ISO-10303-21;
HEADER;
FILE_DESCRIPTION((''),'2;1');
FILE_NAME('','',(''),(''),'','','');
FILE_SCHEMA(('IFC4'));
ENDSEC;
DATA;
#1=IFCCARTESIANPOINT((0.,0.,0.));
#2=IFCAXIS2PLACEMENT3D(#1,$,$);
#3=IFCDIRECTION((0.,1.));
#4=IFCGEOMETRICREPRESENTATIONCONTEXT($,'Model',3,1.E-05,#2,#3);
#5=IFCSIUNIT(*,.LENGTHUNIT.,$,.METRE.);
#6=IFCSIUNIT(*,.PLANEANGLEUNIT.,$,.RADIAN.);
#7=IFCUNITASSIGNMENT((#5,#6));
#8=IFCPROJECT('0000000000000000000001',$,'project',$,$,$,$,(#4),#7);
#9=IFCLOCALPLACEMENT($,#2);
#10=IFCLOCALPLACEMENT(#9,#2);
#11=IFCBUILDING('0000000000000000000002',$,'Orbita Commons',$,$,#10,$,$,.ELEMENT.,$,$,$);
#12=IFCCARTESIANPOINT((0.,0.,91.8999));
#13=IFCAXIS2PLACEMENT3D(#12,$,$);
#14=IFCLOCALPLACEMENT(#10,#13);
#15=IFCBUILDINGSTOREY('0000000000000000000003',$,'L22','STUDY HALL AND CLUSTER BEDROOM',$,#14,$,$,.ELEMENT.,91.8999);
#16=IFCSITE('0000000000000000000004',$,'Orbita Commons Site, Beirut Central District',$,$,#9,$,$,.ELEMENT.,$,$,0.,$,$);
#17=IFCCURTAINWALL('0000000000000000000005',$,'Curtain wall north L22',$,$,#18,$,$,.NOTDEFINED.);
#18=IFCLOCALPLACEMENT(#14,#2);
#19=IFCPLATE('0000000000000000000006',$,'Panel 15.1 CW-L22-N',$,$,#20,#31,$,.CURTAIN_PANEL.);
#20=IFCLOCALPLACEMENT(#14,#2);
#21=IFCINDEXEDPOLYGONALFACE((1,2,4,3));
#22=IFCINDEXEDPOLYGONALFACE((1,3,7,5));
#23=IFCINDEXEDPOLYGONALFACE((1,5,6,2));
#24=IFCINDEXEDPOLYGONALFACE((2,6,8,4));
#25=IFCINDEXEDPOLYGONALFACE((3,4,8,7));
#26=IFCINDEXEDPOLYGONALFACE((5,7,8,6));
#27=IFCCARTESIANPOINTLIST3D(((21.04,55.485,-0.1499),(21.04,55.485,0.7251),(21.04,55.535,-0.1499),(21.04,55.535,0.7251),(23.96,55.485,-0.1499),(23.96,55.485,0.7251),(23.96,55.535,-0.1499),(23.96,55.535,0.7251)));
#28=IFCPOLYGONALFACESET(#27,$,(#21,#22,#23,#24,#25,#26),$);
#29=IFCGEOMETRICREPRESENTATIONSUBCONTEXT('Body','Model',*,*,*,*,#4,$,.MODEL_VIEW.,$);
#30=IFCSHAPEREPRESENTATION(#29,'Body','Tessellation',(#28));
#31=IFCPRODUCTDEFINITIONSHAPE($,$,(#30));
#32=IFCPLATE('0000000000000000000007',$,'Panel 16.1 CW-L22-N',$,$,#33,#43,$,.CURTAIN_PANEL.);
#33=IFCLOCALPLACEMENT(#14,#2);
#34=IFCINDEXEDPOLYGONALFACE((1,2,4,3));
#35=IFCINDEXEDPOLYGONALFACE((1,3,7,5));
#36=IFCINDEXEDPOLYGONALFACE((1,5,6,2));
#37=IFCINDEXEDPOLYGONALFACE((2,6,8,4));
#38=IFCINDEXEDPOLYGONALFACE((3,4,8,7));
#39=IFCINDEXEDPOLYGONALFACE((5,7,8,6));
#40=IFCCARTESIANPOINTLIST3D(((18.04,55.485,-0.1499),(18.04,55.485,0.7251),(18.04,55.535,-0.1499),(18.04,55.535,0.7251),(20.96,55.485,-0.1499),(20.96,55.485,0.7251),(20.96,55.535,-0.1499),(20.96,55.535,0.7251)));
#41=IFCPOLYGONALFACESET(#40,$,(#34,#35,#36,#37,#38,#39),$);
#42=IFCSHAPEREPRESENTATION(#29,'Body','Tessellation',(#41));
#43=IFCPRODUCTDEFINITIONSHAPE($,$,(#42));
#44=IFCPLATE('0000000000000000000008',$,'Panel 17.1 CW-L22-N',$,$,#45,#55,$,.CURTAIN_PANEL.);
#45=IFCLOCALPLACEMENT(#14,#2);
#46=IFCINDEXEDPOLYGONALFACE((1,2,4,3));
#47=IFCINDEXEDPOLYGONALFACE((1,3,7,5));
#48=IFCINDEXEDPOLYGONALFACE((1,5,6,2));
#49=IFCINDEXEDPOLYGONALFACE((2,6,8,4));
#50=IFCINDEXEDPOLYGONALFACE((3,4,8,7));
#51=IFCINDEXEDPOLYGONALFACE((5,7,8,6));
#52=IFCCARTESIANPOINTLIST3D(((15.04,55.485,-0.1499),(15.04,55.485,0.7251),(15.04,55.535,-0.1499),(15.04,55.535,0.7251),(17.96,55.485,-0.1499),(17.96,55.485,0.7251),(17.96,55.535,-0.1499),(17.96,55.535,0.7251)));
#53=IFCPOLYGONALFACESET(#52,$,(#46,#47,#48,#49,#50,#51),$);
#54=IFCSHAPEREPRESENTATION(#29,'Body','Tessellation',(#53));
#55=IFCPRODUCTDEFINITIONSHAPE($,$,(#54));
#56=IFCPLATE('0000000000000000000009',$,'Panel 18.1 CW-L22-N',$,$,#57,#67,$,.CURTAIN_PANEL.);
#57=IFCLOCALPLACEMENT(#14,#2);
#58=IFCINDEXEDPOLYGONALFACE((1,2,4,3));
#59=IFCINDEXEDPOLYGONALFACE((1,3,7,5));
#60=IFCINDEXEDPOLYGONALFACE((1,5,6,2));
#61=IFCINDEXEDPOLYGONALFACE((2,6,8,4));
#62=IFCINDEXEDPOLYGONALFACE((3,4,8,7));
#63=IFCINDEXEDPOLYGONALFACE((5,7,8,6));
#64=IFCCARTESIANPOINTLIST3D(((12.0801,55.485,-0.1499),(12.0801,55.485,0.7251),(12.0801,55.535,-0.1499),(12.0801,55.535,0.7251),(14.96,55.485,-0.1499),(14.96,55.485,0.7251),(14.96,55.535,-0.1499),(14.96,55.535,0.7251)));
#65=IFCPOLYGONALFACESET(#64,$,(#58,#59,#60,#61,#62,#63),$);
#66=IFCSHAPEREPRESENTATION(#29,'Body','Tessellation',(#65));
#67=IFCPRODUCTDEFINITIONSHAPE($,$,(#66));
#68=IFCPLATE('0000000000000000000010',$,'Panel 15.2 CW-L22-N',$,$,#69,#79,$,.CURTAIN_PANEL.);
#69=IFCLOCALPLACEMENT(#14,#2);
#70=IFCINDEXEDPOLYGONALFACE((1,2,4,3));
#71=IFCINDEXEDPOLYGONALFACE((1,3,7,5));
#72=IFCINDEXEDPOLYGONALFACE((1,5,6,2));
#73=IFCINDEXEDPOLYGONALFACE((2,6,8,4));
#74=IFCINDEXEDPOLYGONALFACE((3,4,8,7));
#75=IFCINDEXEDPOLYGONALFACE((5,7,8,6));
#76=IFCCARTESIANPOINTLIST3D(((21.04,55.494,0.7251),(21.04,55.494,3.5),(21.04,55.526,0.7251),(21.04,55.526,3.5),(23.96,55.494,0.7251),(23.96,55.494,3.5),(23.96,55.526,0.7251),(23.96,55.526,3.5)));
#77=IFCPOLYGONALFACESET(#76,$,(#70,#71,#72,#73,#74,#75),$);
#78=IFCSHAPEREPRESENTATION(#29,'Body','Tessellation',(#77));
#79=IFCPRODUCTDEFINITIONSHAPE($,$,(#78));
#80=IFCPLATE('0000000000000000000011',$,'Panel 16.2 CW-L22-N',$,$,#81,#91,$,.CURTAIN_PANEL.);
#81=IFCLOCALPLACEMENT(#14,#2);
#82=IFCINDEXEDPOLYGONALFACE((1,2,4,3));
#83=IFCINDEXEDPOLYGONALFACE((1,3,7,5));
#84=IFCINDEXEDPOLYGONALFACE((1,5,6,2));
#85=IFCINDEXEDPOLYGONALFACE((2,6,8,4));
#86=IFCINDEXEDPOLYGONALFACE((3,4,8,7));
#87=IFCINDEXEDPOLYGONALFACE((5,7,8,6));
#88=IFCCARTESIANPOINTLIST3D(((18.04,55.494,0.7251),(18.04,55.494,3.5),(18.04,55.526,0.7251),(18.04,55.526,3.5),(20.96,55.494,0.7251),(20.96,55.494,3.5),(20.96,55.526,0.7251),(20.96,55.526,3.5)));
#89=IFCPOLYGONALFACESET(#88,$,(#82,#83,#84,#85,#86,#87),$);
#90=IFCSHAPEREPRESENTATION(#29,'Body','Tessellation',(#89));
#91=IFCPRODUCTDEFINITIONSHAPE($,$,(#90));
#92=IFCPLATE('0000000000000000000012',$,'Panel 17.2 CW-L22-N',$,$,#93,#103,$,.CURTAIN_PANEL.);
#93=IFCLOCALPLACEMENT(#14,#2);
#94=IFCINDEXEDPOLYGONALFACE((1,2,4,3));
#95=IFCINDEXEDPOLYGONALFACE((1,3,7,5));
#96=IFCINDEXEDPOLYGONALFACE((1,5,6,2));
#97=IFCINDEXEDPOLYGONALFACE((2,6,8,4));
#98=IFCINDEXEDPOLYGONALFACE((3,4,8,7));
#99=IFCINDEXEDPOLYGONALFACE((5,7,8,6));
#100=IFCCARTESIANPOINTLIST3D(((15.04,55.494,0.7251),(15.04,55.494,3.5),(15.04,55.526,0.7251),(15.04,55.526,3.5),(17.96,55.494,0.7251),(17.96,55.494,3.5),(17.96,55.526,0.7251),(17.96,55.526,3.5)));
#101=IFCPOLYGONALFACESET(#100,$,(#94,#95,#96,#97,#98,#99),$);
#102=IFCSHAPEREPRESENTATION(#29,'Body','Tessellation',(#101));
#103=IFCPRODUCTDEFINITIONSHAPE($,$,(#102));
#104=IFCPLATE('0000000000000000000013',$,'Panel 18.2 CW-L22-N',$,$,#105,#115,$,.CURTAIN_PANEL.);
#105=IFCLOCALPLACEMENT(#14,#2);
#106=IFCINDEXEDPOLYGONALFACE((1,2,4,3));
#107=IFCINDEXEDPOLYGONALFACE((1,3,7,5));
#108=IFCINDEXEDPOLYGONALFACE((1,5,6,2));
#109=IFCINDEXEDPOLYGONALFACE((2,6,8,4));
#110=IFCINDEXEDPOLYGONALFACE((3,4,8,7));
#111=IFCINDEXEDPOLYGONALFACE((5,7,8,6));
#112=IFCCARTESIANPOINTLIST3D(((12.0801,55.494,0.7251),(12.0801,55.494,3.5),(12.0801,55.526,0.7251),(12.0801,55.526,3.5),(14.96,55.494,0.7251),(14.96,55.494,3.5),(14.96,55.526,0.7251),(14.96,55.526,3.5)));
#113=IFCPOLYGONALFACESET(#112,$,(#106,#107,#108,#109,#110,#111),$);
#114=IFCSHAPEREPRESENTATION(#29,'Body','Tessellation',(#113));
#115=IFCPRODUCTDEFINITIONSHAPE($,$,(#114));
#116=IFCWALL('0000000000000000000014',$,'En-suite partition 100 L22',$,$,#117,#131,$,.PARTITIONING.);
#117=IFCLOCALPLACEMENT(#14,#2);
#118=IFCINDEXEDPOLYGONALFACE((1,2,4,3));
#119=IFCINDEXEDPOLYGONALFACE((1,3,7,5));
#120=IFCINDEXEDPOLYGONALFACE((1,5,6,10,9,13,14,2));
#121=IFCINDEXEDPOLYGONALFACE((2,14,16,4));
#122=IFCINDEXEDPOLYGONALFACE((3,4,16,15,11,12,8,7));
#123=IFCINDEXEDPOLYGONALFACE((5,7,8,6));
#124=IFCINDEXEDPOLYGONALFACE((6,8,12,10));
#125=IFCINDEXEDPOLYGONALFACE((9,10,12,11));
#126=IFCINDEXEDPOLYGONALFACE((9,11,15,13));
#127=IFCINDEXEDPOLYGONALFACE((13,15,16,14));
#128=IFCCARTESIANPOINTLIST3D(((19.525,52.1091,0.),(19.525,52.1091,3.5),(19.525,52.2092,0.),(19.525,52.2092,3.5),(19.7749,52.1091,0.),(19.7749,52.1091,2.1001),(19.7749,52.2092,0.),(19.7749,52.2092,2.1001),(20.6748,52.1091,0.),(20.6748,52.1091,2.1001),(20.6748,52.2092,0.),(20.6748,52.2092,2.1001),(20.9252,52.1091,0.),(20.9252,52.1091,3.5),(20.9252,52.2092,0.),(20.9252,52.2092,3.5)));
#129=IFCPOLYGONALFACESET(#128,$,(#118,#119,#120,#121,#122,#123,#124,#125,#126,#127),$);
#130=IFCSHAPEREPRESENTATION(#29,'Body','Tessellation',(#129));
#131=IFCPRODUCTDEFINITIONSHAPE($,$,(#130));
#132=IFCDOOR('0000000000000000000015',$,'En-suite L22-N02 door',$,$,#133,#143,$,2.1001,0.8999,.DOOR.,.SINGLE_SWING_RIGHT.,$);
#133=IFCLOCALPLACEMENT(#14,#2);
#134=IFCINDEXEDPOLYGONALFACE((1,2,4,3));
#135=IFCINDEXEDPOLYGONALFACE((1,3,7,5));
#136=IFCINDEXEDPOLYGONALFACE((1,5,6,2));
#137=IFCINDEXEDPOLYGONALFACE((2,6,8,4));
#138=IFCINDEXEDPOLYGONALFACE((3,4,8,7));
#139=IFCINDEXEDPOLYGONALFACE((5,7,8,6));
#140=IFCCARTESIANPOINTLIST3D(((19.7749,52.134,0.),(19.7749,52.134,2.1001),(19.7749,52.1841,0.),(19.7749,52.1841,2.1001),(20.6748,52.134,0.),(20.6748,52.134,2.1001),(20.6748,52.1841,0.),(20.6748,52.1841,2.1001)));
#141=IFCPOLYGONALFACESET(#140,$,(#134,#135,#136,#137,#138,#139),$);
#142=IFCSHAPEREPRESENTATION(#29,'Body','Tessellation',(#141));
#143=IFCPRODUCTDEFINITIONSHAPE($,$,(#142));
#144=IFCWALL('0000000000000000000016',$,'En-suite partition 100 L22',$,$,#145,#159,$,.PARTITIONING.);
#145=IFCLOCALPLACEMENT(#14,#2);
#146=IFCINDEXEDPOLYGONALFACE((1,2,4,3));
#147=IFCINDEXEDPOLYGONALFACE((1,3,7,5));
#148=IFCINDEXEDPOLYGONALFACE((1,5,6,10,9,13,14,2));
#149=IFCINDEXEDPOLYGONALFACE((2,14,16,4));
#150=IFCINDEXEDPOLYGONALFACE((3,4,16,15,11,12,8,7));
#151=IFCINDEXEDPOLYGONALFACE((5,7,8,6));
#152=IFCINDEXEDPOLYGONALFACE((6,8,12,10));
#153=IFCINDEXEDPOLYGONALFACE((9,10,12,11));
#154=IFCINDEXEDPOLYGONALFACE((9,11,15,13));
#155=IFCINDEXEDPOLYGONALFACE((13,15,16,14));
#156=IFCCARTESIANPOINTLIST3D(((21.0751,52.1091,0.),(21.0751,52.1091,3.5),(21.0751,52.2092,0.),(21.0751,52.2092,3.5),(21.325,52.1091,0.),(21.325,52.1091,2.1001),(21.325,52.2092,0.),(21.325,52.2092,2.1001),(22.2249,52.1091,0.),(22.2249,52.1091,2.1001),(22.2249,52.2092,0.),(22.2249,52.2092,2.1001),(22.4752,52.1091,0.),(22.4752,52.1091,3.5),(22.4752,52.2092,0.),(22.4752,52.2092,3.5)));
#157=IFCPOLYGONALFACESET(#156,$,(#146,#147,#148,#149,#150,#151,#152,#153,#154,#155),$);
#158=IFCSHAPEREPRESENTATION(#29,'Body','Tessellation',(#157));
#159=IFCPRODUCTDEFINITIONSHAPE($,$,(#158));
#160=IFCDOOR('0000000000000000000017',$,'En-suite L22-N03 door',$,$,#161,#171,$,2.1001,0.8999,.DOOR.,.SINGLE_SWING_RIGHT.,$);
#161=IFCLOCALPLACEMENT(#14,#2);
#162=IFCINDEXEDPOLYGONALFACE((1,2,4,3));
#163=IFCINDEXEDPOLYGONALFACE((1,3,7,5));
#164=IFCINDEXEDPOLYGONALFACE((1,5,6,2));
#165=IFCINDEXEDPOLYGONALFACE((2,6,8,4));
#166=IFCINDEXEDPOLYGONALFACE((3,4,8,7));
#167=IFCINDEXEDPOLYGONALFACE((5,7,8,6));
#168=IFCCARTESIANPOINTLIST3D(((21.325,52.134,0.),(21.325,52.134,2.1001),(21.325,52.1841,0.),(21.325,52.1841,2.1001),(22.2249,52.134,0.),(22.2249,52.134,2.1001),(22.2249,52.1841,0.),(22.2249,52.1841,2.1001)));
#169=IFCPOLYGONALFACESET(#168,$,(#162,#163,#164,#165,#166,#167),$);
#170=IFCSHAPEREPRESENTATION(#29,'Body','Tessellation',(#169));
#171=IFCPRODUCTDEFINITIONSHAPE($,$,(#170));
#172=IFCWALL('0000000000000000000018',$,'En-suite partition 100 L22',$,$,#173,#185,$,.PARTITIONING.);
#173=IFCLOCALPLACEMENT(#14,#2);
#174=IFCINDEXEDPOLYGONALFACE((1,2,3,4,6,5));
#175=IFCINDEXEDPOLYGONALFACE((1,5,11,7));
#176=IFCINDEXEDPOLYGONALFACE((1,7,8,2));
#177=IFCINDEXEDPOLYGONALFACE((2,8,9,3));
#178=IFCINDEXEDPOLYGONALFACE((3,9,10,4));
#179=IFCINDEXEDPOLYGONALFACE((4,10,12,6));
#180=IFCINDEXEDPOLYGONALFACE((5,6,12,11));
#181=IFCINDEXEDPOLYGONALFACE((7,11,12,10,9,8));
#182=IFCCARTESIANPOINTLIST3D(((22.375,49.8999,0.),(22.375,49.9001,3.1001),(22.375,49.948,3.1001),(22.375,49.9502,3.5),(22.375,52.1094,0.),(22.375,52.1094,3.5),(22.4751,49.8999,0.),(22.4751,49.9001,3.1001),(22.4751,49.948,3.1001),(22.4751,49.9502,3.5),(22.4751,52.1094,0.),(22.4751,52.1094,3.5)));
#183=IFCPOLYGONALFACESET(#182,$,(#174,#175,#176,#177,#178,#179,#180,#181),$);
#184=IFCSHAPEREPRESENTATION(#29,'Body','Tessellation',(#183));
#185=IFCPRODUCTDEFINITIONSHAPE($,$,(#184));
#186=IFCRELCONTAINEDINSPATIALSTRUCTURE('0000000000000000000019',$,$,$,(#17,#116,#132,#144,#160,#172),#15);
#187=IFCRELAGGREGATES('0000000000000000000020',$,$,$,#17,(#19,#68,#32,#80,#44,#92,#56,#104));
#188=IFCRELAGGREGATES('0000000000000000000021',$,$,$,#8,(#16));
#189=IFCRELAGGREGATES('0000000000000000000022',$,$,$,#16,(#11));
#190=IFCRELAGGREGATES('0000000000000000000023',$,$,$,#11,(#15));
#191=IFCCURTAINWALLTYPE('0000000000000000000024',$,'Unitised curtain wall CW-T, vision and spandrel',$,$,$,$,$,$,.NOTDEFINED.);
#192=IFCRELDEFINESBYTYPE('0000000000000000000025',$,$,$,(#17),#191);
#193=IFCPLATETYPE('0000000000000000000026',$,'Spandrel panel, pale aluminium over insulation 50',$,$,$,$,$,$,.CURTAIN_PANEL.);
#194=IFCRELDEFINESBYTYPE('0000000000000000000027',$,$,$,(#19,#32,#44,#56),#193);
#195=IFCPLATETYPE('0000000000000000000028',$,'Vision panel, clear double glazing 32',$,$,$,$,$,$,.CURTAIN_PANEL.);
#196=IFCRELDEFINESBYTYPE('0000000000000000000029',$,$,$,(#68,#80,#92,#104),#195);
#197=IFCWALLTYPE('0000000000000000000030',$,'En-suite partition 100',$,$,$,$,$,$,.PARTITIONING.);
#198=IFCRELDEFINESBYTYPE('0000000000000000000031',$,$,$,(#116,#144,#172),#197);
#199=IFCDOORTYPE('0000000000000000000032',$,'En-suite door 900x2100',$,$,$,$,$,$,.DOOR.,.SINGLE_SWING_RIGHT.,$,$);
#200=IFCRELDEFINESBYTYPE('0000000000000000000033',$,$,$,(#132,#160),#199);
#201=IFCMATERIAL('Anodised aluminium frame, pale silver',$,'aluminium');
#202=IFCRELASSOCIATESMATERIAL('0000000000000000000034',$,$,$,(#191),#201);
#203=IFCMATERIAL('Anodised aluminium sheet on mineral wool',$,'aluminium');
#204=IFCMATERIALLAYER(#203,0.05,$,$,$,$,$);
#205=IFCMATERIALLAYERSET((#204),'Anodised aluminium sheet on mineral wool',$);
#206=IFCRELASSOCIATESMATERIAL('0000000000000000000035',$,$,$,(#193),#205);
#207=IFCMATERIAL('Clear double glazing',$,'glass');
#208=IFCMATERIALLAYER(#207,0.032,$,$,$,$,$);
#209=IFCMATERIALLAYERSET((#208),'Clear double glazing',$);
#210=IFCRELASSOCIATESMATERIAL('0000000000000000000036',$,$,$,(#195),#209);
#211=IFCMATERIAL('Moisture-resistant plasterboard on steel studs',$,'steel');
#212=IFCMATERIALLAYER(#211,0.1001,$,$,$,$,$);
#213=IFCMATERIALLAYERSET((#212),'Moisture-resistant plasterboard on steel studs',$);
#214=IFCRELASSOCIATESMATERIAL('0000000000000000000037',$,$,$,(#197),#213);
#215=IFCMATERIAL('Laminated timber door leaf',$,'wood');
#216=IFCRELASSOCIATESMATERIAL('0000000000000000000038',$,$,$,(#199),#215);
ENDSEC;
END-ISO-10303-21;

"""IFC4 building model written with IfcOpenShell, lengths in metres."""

from ifc_helpers import new_model, si_unit, direction, frame, frame_2d, origin, origin_2d, place, context, subcontext, project, spatial, polyline, rectangle, outline, extrude, material, layer, layer_set, type_object, element, fill, aggregate, save


model = new_model("IFC4")

# Units and contexts
model_context = context("Model", 3, precision=1e-05, world=origin(), true_north=direction((0.0, 1.0)))
body_context = subcontext(model_context, "Body", "Model", "MODEL_VIEW")
ifc_project = project(units=[si_unit("LENGTHUNIT", "METRE"), si_unit("PLANEANGLEUNIT", "RADIAN")], contexts=[model_context])

# Site, building, storey
site_placement = place(None, origin())
site = spatial("IfcSite", under=ifc_project, at=site_placement, Name="Orbita Commons Site, Beirut Central District", CompositionType="ELEMENT", RefElevation=0.0)
building_placement = place(site_placement, origin())
building = spatial("IfcBuilding", under=site, at=building_placement, Name="Orbita Commons", CompositionType="ELEMENT")
storey_placement = place(building_placement, frame((0.0, 0.0, 91.8999)))
storey = spatial("IfcBuildingStorey", under=building, at=storey_placement, Name="L22", Description="STUDY HALL AND CLUSTER BEDROOM", CompositionType="ELEMENT", Elevation=91.8999)

# Curtain wall
ifc_material_1 = material(Name="Anodised aluminium frame, pale silver", Category="aluminium")
curtain_wall_type = type_object("IfcCurtainWallType", Name="Unitised curtain wall CW-T, vision and spandrel", PredefinedType="NOTDEFINED", material=ifc_material_1)
curtain_wall_placement = place(storey_placement, origin())
curtain_wall = element("IfcCurtainWall", 1, at=curtain_wall_placement, inside=storey, type_object=curtain_wall_type, Name="Curtain wall north L22", PredefinedType="NOTDEFINED")

# Plates
ifc_material_2 = material(Name="Anodised aluminium sheet on mineral wool", Category="aluminium")
ifc_layer_1 = layer(ifc_material_2, 0.05)
ifc_layer_set_1 = layer_set([ifc_layer_1], Name="Anodised aluminium sheet on mineral wool")
plate_type_1 = type_object("IfcPlateType", Name="Spandrel panel, pale aluminium over insulation 50", PredefinedType="CURTAIN_PANEL", material=ifc_layer_set_1)
plate_1_placement = place(storey_placement, frame((22.5, 55.51, -0.1499), z_axis=(0.0, 0.0, 1.0), x_axis=(-1.0, 0.0, 0.0)))
plate_1 = element("IfcPlate", 2, at=plate_1_placement, type_object=plate_type_1, Name="Panel 15.1 CW-L22-N", PredefinedType="CURTAIN_PANEL", context=body_context, shape_type="SweptSolid", body=[
    extrude(rectangle(XDim=2.9199, YDim=0.05, at=origin_2d()), origin(), (0.0, 0.0, 1.0), 0.875),
])
plate_2_placement = place(storey_placement, frame((19.5, 55.51, -0.1499), z_axis=(0.0, 0.0, 1.0), x_axis=(-1.0, 0.0, 0.0)))
plate_2 = element("IfcPlate", 3, at=plate_2_placement, type_object=plate_type_1, Name="Panel 16.1 CW-L22-N", PredefinedType="CURTAIN_PANEL", context=body_context, shape_type="SweptSolid", body=[
    extrude(rectangle(XDim=2.9199, YDim=0.05, at=origin_2d()), origin(), (0.0, 0.0, 1.0), 0.875),
])
plate_3_placement = place(storey_placement, frame((16.5, 55.51, -0.1499), z_axis=(0.0, 0.0, 1.0), x_axis=(-1.0, 0.0, 0.0)))
plate_3 = element("IfcPlate", 4, at=plate_3_placement, type_object=plate_type_1, Name="Panel 17.1 CW-L22-N", PredefinedType="CURTAIN_PANEL", context=body_context, shape_type="SweptSolid", body=[
    extrude(rectangle(XDim=2.9199, YDim=0.05, at=origin_2d()), origin(), (0.0, 0.0, 1.0), 0.875),
])
plate_4_placement = place(storey_placement, frame((13.52, 55.51, -0.1499), z_axis=(0.0, 0.0, 1.0), x_axis=(-1.0, 0.0, 0.0)))
plate_4 = element("IfcPlate", 5, at=plate_4_placement, type_object=plate_type_1, Name="Panel 18.1 CW-L22-N", PredefinedType="CURTAIN_PANEL", context=body_context, shape_type="SweptSolid", body=[
    extrude(rectangle(XDim=2.8799, YDim=0.05, at=origin_2d()), origin(), (0.0, 0.0, 1.0), 0.875),
])
ifc_material_3 = material(Name="Clear double glazing", Category="glass")
ifc_layer_2 = layer(ifc_material_3, 0.032)
ifc_layer_set_2 = layer_set([ifc_layer_2], Name="Clear double glazing")
plate_type_2 = type_object("IfcPlateType", Name="Vision panel, clear double glazing 32", PredefinedType="CURTAIN_PANEL", material=ifc_layer_set_2)
plate_5_placement = place(storey_placement, frame((22.5, 55.51, 0.7251), z_axis=(0.0, 0.0, 1.0), x_axis=(-1.0, 0.0, 0.0)))
plate_5 = element("IfcPlate", 6, at=plate_5_placement, type_object=plate_type_2, Name="Panel 15.2 CW-L22-N", PredefinedType="CURTAIN_PANEL", context=body_context, shape_type="SweptSolid", body=[
    extrude(rectangle(XDim=2.9199, YDim=0.032, at=origin_2d()), origin(), (0.0, 0.0, 1.0), 2.7749),
])
plate_6_placement = place(storey_placement, frame((19.5, 55.51, 0.7251), z_axis=(0.0, 0.0, 1.0), x_axis=(-1.0, 0.0, 0.0)))
plate_6 = element("IfcPlate", 7, at=plate_6_placement, type_object=plate_type_2, Name="Panel 16.2 CW-L22-N", PredefinedType="CURTAIN_PANEL", context=body_context, shape_type="SweptSolid", body=[
    extrude(rectangle(XDim=2.9199, YDim=0.032, at=origin_2d()), origin(), (0.0, 0.0, 1.0), 2.7749),
])
plate_7_placement = place(storey_placement, frame((16.5, 55.51, 0.7251), z_axis=(0.0, 0.0, 1.0), x_axis=(-1.0, 0.0, 0.0)))
plate_7 = element("IfcPlate", 8, at=plate_7_placement, type_object=plate_type_2, Name="Panel 17.2 CW-L22-N", PredefinedType="CURTAIN_PANEL", context=body_context, shape_type="SweptSolid", body=[
    extrude(rectangle(XDim=2.9199, YDim=0.032, at=origin_2d()), origin(), (0.0, 0.0, 1.0), 2.7749),
])
plate_8_placement = place(storey_placement, frame((13.52, 55.51, 0.7251), z_axis=(0.0, 0.0, 1.0), x_axis=(-1.0, 0.0, 0.0)))
plate_8 = element("IfcPlate", 9, at=plate_8_placement, type_object=plate_type_2, Name="Panel 18.2 CW-L22-N", PredefinedType="CURTAIN_PANEL", context=body_context, shape_type="SweptSolid", body=[
    extrude(rectangle(XDim=2.8799, YDim=0.032, at=origin_2d()), origin(), (0.0, 0.0, 1.0), 2.7749),
])
aggregate(curtain_wall, [plate_1, plate_5, plate_2, plate_6, plate_3, plate_7, plate_4, plate_8])

# Walls, openings, doors
ifc_material_4 = material(Name="Moisture-resistant plasterboard on steel studs", Category="steel")
ifc_layer_3 = layer(ifc_material_4, 0.1001)
ifc_layer_set_3 = layer_set([ifc_layer_3], Name="Moisture-resistant plasterboard on steel studs")
wall_type_1 = type_object("IfcWallType", Name="En-suite partition 100", PredefinedType="PARTITIONING", material=ifc_layer_set_3)
wall_1_placement = place(storey_placement, frame((19.5249, 52.1592, 0.0), z_axis=(0.0, 0.0, 1.0), x_axis=(1.0, 0.0, 0.0)))
wall_1 = element("IfcWall", 10, at=wall_1_placement, inside=storey, type_object=wall_type_1, Name="En-suite partition 100 L22", PredefinedType="PARTITIONING", context=body_context, shape_type="SweptSolid", body=[
    extrude(rectangle(XDim=1.4001, YDim=0.1001, at=frame_2d((0.7002, 0.0))), origin(), (0.0, 0.0, 1.0), 3.5),
])
opening_1_placement = place(wall_1_placement, frame((0.25, 0.0, 0.0)))
opening_1 = element("IfcOpeningElement", 11, at=opening_1_placement, cuts=wall_1, PredefinedType="OPENING", context=body_context, shape_type="SweptSolid", body=[
    extrude(rectangle(XDim=0.8999, YDim=2.1001, at=frame_2d((0.45, 1.05))), frame((0.0, 0.0601, 0.0), z_axis=(0.0, -1.0, 0.0), x_axis=(1.0, 0.0, 0.0)), (0.0, 0.0, 1.0), 0.1201),
])
ifc_material_5 = material(Name="Laminated timber door leaf", Category="wood")
door_type = type_object("IfcDoorType", Name="En-suite door 900x2100", OperationType="SINGLE_SWING_RIGHT", PredefinedType="DOOR", material=ifc_material_5)
door_1_placement = place(opening_1_placement, origin())
door_1 = element("IfcDoor", 12, at=door_1_placement, inside=storey, type_object=door_type, Name="En-suite L22-N02 door", OperationType="SINGLE_SWING_RIGHT", OverallHeight=2.1001, OverallWidth=0.8999, PredefinedType="DOOR", context=body_context, shape_type="SweptSolid", body=[
    extrude(rectangle(XDim=0.8999, YDim=2.1001, at=frame_2d((0.45, 1.05))), frame((0.0, 0.0249, 0.0), z_axis=(0.0, -1.0, 0.0), x_axis=(1.0, 0.0, 0.0)), (0.0, 0.0, 1.0), 0.05),
])
fill(opening_1, door_1)
wall_2_placement = place(storey_placement, frame((21.075, 52.1592, 0.0), z_axis=(0.0, 0.0, 1.0), x_axis=(1.0, 0.0, 0.0)))
wall_2 = element("IfcWall", 13, at=wall_2_placement, inside=storey, type_object=wall_type_1, Name="En-suite partition 100 L22", PredefinedType="PARTITIONING", context=body_context, shape_type="SweptSolid", body=[
    extrude(rectangle(XDim=1.4001, YDim=0.1001, at=frame_2d((0.7002, 0.0))), origin(), (0.0, 0.0, 1.0), 3.5),
])
opening_2_placement = place(wall_2_placement, frame((0.25, 0.0, 0.0)))
opening_2 = element("IfcOpeningElement", 14, at=opening_2_placement, cuts=wall_2, PredefinedType="OPENING", context=body_context, shape_type="SweptSolid", body=[
    extrude(rectangle(XDim=0.8999, YDim=2.1001, at=frame_2d((0.45, 1.05))), frame((0.0, 0.0601, 0.0), z_axis=(0.0, -1.0, 0.0), x_axis=(1.0, 0.0, 0.0)), (0.0, 0.0, 1.0), 0.1201),
])
door_2_placement = place(opening_2_placement, origin())
door_2 = element("IfcDoor", 15, at=door_2_placement, inside=storey, type_object=door_type, Name="En-suite L22-N03 door", OperationType="SINGLE_SWING_RIGHT", OverallHeight=2.1001, OverallWidth=0.8999, PredefinedType="DOOR", context=body_context, shape_type="SweptSolid", body=[
    extrude(rectangle(XDim=0.8999, YDim=2.1001, at=frame_2d((0.45, 1.05))), frame((0.0, 0.0249, 0.0), z_axis=(0.0, -1.0, 0.0), x_axis=(1.0, 0.0, 0.0)), (0.0, 0.0, 1.0), 0.05),
])
fill(opening_2, door_2)

# Wall
wall_3_placement = place(storey_placement, frame((22.425, 52.1094, 0.0), z_axis=(0.0, 0.0, 1.0), x_axis=(0.0, -1.0, 0.0)))
element("IfcWall", 16, at=wall_3_placement, inside=storey, type_object=wall_type_1, Name="En-suite partition 100 L22", PredefinedType="PARTITIONING", context=body_context, shape_type="SweptSolid", body=[
    extrude(outline(polyline([(0.0, 0.0), (2.2095, 0.0), (2.2092, 3.1001), (2.1614, 3.1001), (2.1592, 3.5), (0.0, 3.5), (0.0, 0.0)])), frame((0.0, 0.05, 0.0), z_axis=(0.0, -1.0, 0.0), x_axis=(1.0, 0.0, 0.0)), (0.0, 0.0, 1.0), 0.1001),
])

save(model, "model.ifc")
